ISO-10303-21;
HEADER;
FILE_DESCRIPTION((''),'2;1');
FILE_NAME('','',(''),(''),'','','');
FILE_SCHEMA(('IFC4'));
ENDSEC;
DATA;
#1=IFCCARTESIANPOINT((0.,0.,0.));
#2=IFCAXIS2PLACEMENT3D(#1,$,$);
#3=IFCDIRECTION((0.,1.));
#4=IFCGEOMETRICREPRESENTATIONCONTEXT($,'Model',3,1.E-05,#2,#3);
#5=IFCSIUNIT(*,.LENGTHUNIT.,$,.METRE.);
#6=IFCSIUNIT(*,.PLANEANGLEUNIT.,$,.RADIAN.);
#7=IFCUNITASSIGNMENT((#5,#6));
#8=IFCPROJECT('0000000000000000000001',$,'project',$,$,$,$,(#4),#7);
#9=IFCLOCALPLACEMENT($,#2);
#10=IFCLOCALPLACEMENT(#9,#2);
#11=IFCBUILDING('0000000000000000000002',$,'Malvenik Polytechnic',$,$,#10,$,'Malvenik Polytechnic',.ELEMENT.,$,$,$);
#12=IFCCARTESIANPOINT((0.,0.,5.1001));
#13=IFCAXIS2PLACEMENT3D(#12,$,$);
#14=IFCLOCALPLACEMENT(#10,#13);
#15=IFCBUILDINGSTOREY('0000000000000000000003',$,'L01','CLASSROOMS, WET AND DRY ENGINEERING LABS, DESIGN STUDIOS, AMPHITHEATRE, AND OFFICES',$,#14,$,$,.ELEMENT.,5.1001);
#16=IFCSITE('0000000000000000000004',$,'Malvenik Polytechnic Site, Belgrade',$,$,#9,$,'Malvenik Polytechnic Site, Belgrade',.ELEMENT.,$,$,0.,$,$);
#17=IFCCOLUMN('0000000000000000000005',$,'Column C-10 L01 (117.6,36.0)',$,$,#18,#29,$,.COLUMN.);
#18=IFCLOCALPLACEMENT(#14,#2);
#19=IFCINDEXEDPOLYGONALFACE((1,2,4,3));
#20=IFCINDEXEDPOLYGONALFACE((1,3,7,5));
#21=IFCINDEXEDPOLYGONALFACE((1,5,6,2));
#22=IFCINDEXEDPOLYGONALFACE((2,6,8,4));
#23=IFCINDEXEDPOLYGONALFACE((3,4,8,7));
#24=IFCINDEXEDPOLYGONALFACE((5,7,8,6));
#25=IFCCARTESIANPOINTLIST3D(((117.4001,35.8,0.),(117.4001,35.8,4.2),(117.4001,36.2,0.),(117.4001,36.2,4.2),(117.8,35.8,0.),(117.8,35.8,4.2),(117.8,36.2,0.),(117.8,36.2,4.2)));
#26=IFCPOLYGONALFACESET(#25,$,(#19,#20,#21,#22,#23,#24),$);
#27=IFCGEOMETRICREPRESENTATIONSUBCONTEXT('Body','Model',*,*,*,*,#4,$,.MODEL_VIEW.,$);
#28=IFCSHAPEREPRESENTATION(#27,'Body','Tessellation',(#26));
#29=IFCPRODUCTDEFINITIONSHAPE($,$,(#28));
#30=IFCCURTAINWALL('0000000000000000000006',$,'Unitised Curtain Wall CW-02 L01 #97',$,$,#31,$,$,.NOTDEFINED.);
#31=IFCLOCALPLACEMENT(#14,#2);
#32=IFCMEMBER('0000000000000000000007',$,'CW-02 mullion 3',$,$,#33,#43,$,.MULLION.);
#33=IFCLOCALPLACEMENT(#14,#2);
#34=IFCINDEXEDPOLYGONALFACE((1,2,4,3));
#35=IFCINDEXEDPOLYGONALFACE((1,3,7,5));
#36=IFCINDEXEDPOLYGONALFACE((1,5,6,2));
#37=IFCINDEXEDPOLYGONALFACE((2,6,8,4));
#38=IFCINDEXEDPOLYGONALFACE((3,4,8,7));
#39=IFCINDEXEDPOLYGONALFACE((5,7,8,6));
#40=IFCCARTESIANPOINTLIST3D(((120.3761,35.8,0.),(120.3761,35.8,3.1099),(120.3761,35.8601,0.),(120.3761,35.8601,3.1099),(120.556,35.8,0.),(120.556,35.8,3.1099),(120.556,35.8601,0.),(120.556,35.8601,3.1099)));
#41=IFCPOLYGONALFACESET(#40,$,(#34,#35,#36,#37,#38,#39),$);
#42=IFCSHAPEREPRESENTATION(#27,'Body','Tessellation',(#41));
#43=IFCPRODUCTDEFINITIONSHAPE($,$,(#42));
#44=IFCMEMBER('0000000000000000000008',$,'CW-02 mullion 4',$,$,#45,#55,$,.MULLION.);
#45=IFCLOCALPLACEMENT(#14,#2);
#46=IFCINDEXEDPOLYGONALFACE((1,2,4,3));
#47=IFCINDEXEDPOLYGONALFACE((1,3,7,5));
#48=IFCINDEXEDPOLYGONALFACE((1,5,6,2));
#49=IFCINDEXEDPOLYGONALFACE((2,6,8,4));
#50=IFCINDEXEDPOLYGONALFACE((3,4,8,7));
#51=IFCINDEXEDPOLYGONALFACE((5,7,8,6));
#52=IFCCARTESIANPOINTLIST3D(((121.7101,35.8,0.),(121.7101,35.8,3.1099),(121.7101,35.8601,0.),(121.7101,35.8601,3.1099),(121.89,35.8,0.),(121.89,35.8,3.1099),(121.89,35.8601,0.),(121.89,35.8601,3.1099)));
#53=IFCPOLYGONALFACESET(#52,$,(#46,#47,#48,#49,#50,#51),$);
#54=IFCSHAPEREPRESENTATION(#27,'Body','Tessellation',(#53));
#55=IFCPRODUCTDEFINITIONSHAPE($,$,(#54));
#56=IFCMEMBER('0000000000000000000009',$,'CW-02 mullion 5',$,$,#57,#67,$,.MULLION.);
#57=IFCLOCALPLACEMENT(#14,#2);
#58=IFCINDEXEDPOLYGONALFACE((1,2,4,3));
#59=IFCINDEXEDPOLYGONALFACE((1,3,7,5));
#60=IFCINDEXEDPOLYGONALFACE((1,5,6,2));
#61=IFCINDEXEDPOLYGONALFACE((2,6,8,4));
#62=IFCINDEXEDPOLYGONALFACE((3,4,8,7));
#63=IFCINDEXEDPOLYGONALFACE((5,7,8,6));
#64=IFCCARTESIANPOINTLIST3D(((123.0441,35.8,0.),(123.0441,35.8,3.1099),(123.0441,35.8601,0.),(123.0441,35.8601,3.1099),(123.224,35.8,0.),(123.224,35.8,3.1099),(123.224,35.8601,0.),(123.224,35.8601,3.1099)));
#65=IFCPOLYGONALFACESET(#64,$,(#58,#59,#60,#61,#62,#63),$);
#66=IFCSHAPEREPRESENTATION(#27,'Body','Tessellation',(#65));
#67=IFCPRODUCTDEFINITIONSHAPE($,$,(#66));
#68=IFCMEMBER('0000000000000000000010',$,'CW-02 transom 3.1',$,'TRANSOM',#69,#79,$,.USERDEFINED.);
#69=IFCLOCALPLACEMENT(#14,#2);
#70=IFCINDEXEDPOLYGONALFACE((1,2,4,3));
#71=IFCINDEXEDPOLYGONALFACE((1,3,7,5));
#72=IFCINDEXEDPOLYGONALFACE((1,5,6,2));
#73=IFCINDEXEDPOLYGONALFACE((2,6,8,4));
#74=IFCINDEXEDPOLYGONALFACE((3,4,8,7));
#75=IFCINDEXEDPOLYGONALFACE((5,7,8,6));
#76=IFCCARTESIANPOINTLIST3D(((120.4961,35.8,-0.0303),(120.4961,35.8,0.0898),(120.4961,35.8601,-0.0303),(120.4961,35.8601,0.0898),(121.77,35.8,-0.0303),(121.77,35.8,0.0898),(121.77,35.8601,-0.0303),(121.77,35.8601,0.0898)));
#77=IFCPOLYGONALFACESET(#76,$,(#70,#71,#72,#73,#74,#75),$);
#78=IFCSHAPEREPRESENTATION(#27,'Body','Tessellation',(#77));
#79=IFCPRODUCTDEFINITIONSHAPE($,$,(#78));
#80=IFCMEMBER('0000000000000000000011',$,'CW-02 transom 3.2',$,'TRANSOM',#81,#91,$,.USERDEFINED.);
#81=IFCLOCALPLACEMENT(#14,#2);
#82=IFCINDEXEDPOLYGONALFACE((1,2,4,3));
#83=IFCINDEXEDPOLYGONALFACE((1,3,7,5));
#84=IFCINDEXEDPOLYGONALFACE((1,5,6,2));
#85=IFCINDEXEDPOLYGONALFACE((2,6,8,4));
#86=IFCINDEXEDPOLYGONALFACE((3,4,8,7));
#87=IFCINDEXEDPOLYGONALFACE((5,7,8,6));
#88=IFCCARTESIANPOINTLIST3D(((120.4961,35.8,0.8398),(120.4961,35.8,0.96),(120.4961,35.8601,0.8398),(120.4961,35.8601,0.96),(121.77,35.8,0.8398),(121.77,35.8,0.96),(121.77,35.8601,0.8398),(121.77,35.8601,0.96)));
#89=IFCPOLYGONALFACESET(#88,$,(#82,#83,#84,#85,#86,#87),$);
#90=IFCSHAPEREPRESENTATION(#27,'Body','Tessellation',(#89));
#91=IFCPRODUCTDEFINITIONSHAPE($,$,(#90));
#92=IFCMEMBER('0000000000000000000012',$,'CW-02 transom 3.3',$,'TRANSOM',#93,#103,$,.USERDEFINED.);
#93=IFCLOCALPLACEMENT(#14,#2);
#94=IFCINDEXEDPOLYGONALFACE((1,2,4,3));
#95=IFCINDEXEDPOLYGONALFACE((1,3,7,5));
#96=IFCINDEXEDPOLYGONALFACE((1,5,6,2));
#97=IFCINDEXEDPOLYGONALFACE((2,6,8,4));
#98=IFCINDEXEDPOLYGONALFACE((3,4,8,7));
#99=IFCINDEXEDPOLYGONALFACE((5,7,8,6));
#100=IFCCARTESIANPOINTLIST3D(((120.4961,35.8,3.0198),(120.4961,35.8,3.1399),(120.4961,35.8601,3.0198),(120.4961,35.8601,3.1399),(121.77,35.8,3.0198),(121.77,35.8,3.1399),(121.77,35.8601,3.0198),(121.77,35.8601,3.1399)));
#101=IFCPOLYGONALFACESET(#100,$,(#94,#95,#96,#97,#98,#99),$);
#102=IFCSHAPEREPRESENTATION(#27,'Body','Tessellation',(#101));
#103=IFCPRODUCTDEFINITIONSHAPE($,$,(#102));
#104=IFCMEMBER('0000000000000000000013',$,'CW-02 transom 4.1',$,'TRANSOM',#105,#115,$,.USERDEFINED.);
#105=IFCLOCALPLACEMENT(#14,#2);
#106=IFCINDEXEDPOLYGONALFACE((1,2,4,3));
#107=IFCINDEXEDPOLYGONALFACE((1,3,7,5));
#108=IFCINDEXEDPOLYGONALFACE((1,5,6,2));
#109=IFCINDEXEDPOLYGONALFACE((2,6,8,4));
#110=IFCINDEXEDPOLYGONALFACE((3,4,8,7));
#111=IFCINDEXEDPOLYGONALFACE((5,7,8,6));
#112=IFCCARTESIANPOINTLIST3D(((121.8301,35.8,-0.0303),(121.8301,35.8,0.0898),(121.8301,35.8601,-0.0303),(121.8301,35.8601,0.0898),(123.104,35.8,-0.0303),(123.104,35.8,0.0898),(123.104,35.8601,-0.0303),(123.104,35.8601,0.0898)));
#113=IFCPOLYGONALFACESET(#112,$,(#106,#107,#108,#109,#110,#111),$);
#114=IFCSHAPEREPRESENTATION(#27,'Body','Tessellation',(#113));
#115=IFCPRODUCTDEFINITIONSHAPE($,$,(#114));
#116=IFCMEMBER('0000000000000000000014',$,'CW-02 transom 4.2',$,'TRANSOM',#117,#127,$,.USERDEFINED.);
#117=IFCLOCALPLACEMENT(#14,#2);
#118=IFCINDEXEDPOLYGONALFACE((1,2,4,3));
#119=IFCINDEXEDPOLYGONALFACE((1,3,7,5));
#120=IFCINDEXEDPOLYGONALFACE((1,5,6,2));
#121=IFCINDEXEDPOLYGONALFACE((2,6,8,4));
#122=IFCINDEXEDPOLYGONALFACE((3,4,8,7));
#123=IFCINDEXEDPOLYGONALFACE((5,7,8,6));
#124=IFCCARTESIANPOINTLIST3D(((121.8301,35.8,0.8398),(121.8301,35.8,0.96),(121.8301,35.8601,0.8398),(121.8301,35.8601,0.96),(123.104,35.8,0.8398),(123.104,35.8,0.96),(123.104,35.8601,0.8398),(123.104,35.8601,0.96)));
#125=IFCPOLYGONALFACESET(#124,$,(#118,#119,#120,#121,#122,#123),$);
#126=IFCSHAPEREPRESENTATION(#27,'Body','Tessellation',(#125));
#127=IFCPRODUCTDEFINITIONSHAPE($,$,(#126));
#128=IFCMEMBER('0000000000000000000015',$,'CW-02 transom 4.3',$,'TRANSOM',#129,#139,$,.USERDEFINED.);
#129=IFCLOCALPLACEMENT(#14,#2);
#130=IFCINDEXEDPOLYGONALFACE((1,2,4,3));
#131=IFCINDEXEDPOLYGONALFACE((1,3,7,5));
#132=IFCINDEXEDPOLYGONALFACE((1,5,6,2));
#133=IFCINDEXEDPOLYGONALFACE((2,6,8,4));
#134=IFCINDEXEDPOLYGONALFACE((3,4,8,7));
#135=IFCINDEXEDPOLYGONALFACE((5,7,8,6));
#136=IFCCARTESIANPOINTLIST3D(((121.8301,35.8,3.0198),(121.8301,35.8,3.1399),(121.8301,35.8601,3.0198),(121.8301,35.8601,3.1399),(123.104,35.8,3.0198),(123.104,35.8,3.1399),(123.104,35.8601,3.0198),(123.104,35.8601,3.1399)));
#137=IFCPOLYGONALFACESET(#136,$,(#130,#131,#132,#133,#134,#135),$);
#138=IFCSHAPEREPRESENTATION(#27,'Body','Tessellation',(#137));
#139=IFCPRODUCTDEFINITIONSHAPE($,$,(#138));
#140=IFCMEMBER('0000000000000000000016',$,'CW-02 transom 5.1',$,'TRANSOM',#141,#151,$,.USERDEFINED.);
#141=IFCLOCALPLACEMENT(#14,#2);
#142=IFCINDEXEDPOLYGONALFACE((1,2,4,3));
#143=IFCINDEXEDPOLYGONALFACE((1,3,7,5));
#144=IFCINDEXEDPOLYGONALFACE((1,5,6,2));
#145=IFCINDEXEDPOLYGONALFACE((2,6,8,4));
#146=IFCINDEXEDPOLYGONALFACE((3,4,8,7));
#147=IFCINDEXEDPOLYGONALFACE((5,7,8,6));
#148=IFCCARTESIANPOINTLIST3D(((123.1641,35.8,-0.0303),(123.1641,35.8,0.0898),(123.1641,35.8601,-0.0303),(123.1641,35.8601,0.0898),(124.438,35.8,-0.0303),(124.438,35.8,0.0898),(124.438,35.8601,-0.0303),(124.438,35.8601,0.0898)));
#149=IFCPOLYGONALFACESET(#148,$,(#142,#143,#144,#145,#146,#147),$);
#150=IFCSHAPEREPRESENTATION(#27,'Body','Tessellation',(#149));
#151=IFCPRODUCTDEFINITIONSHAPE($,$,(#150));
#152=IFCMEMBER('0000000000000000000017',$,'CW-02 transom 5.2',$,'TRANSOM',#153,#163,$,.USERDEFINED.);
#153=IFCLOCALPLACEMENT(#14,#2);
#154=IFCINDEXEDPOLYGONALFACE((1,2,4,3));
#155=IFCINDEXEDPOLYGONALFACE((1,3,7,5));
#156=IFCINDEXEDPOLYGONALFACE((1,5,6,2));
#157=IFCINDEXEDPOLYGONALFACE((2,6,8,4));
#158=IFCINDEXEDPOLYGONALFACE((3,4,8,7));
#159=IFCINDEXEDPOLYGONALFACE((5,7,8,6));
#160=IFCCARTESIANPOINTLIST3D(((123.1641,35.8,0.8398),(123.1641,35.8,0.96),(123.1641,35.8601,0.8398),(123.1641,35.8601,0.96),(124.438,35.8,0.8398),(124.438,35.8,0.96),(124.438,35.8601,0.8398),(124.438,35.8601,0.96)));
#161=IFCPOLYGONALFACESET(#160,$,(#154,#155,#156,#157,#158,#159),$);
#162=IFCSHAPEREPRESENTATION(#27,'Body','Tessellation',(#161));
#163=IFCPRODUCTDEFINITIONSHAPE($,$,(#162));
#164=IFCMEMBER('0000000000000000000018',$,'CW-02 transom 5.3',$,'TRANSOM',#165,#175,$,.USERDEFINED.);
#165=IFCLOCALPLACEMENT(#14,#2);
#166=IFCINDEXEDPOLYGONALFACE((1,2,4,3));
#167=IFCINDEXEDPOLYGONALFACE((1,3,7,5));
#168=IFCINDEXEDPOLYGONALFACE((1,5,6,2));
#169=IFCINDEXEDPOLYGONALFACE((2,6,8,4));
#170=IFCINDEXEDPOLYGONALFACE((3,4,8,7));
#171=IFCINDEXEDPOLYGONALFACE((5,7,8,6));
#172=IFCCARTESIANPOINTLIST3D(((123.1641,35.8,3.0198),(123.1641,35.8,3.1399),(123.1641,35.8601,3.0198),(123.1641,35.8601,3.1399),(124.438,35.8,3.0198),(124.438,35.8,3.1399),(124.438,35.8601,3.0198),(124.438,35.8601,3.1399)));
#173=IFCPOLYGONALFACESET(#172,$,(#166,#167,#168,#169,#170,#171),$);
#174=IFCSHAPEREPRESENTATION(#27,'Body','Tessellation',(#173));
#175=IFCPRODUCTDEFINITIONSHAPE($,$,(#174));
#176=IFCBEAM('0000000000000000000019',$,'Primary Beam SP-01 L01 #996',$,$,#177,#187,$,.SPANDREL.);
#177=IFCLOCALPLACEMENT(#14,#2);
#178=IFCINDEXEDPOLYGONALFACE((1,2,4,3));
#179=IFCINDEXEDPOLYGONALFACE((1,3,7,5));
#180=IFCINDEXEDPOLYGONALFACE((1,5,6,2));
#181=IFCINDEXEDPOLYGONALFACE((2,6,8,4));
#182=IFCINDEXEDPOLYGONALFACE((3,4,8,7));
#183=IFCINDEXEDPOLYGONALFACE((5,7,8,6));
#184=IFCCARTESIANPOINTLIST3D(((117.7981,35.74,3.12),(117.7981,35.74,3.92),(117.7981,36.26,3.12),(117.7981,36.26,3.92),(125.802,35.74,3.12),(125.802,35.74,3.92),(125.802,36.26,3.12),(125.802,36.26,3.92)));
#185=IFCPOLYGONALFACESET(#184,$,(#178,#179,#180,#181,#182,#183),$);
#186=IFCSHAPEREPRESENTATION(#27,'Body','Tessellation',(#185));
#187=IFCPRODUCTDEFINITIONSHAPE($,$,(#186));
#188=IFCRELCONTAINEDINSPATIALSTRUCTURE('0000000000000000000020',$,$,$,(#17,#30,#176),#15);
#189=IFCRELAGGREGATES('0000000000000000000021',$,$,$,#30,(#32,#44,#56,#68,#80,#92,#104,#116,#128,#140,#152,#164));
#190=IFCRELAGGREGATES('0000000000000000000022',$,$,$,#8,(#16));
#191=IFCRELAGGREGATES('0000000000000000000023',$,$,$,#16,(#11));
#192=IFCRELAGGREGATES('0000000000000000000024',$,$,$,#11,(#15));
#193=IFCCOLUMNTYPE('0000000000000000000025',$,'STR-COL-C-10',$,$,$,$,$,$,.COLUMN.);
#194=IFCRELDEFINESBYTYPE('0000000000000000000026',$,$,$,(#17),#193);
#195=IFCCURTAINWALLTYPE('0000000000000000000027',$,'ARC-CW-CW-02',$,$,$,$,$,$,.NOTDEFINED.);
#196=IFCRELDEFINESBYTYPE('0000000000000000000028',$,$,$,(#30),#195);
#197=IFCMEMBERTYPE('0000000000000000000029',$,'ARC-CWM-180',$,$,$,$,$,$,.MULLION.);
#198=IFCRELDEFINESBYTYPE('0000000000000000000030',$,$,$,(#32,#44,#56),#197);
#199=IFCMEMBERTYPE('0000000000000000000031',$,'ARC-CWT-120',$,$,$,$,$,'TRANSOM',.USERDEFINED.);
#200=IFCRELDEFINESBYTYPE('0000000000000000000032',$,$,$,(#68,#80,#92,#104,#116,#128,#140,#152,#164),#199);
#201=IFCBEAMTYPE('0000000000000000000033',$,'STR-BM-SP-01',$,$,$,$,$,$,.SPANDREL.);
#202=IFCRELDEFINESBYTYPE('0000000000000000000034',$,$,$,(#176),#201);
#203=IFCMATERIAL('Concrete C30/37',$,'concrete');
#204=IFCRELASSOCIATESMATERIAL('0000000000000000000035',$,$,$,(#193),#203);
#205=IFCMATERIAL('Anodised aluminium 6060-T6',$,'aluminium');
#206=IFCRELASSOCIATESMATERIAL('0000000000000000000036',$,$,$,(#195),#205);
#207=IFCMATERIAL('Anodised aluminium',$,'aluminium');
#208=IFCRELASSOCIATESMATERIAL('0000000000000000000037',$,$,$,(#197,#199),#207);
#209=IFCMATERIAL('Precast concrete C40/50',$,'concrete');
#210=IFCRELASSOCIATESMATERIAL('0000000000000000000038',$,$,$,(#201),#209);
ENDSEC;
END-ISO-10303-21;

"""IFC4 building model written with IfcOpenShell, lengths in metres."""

from ifc_helpers import new_model, si_unit, direction, frame, origin, origin_2d, place, context, subcontext, project, spatial, rectangle, extrude, material, material_profile, profile_set, type_object, element, aggregate, save


model = new_model("IFC4")

# Units and contexts
model_context = context("Model", 3, precision=1e-05, world=origin(), true_north=direction((0.0, 1.0)))
body_context = subcontext(model_context, "Body", "Model", "MODEL_VIEW")
ifc_project = project(units=[si_unit("LENGTHUNIT", "METRE"), si_unit("PLANEANGLEUNIT", "RADIAN")], contexts=[model_context])

# Site, building, storey
site_placement = place(None, origin())
site = spatial("IfcSite", under=ifc_project, at=site_placement, Name="Malvenik Polytechnic Site, Belgrade", LongName="Malvenik Polytechnic Site, Belgrade", CompositionType="ELEMENT", RefElevation=0.0)
building_placement = place(site_placement, origin())
building = spatial("IfcBuilding", under=site, at=building_placement, Name="Malvenik Polytechnic", LongName="Malvenik Polytechnic", CompositionType="ELEMENT")
storey_placement = place(building_placement, frame((0.0, 0.0, 5.1001)))
storey = spatial("IfcBuildingStorey", under=building, at=storey_placement, Name="L01", Description="CLASSROOMS, WET AND DRY ENGINEERING LABS, DESIGN STUDIOS, AMPHITHEATRE, AND OFFICES", CompositionType="ELEMENT", Elevation=5.1001)

# Column
ifc_material_1 = material(Name="Concrete C30/37", Category="concrete")
ifc_material_profile_1 = material_profile(ifc_material_1, rectangle(XDim=0.3999, YDim=0.3999, at=origin_2d()), Name="RC COL 400x400")
ifc_profile_set_1 = profile_set([ifc_material_profile_1], Name="Concrete C30/37")
column_type = type_object("IfcColumnType", Name="STR-COL-C-10", PredefinedType="COLUMN", material=ifc_profile_set_1)
column_placement = place(storey_placement, frame((117.6001, 36.0, 0.0), z_axis=(0.0, 0.0, 1.0), x_axis=(1.0, 0.0, 0.0)))
element("IfcColumn", 1, at=column_placement, inside=storey, type_object=column_type, Name="Column C-10 L01 (117.6,36.0)", PredefinedType="COLUMN", context=body_context, shape_type="SweptSolid", body=[
    extrude(rectangle(XDim=0.3999, YDim=0.3999, at=origin_2d()), origin(), (0.0, 0.0, 1.0), 4.2),
])

# Curtain wall, members
ifc_material_2 = material(Name="Anodised aluminium 6060-T6", Category="aluminium")
curtain_wall_type = type_object("IfcCurtainWallType", Name="ARC-CW-CW-02", PredefinedType="NOTDEFINED", material=ifc_material_2)
curtain_wall_placement = place(storey_placement, origin())
curtain_wall = element("IfcCurtainWall", 2, at=curtain_wall_placement, inside=storey, type_object=curtain_wall_type, Name="Unitised Curtain Wall CW-02 L01 #97", PredefinedType="NOTDEFINED")
ifc_material_3 = material(Name="Anodised aluminium", Category="aluminium")
ifc_material_profile_2 = material_profile(ifc_material_3, rectangle(XDim=0.0601, YDim=0.1799, at=origin_2d()), Name="ALU MULLION 60x180")
ifc_profile_set_2 = profile_set([ifc_material_profile_2], Name="Anodised aluminium")
member_type_1 = type_object("IfcMemberType", Name="ARC-CWM-180", PredefinedType="MULLION", material=ifc_profile_set_2)
member_1_placement = place(storey_placement, frame((120.4661, 35.8301, 0.0), z_axis=(0.0, 0.0, 1.0), x_axis=(0.0, 1.0, 0.0)))
member_1 = element("IfcMember", 3, at=member_1_placement, type_object=member_type_1, Name="CW-02 mullion 3", PredefinedType="MULLION", context=body_context, shape_type="SweptSolid", body=[
    extrude(rectangle(XDim=0.0601, YDim=0.1799, at=origin_2d()), origin(), (0.0, 0.0, 1.0), 3.1099),
])
member_2_placement = place(storey_placement, frame((121.8, 35.8301, 0.0), z_axis=(0.0, 0.0, 1.0), x_axis=(0.0, 1.0, 0.0)))
member_2 = element("IfcMember", 4, at=member_2_placement, type_object=member_type_1, Name="CW-02 mullion 4", PredefinedType="MULLION", context=body_context, shape_type="SweptSolid", body=[
    extrude(rectangle(XDim=0.0601, YDim=0.1799, at=origin_2d()), origin(), (0.0, 0.0, 1.0), 3.1099),
])
member_3_placement = place(storey_placement, frame((123.134, 35.8301, 0.0), z_axis=(0.0, 0.0, 1.0), x_axis=(0.0, 1.0, 0.0)))
member_3 = element("IfcMember", 5, at=member_3_placement, type_object=member_type_1, Name="CW-02 mullion 5", PredefinedType="MULLION", context=body_context, shape_type="SweptSolid", body=[
    extrude(rectangle(XDim=0.0601, YDim=0.1799, at=origin_2d()), origin(), (0.0, 0.0, 1.0), 3.1099),
])
ifc_material_profile_3 = material_profile(ifc_material_3, rectangle(XDim=0.0601, YDim=0.1201, at=origin_2d()), Name="ALU TRANSOM 60x120")
ifc_profile_set_3 = profile_set([ifc_material_profile_3], Name="Anodised aluminium")
member_type_2 = type_object("IfcMemberType", Name="ARC-CWT-120", ElementType="TRANSOM", PredefinedType="USERDEFINED", material=ifc_profile_set_3)
member_4_placement = place(storey_placement, frame((120.4961, 35.8301, 0.0298), z_axis=(1.0, 0.0, 0.0), x_axis=(0.0, 1.0, 0.0)))
member_4 = element("IfcMember", 6, at=member_4_placement, type_object=member_type_2, Name="CW-02 transom 3.1", ObjectType="TRANSOM", PredefinedType="USERDEFINED", context=body_context, shape_type="SweptSolid", body=[
    extrude(rectangle(XDim=0.0601, YDim=0.1201, at=origin_2d()), origin(), (0.0, 0.0, 1.0), 1.2739),
])
member_5_placement = place(storey_placement, frame((120.4961, 35.8301, 0.8999), z_axis=(1.0, 0.0, 0.0), x_axis=(0.0, 1.0, 0.0)))
member_5 = element("IfcMember", 7, at=member_5_placement, type_object=member_type_2, Name="CW-02 transom 3.2", ObjectType="TRANSOM", PredefinedType="USERDEFINED", context=body_context, shape_type="SweptSolid", body=[
    extrude(rectangle(XDim=0.0601, YDim=0.1201, at=origin_2d()), origin(), (0.0, 0.0, 1.0), 1.2739),
])
member_6_placement = place(storey_placement, frame((120.4961, 35.8301, 3.0798), z_axis=(1.0, 0.0, 0.0), x_axis=(0.0, 1.0, 0.0)))
member_6 = element("IfcMember", 8, at=member_6_placement, type_object=member_type_2, Name="CW-02 transom 3.3", ObjectType="TRANSOM", PredefinedType="USERDEFINED", context=body_context, shape_type="SweptSolid", body=[
    extrude(rectangle(XDim=0.0601, YDim=0.1201, at=origin_2d()), origin(), (0.0, 0.0, 1.0), 1.2739),
])
member_7_placement = place(storey_placement, frame((121.8301, 35.8301, 0.0298), z_axis=(1.0, 0.0, 0.0), x_axis=(0.0, 1.0, 0.0)))
member_7 = element("IfcMember", 9, at=member_7_placement, type_object=member_type_2, Name="CW-02 transom 4.1", ObjectType="TRANSOM", PredefinedType="USERDEFINED", context=body_context, shape_type="SweptSolid", body=[
    extrude(rectangle(XDim=0.0601, YDim=0.1201, at=origin_2d()), origin(), (0.0, 0.0, 1.0), 1.2739),
])
member_8_placement = place(storey_placement, frame((121.8301, 35.8301, 0.8999), z_axis=(1.0, 0.0, 0.0), x_axis=(0.0, 1.0, 0.0)))
member_8 = element("IfcMember", 10, at=member_8_placement, type_object=member_type_2, Name="CW-02 transom 4.2", ObjectType="TRANSOM", PredefinedType="USERDEFINED", context=body_context, shape_type="SweptSolid", body=[
    extrude(rectangle(XDim=0.0601, YDim=0.1201, at=origin_2d()), origin(), (0.0, 0.0, 1.0), 1.2739),
])
member_9_placement = place(storey_placement, frame((121.8301, 35.8301, 3.0798), z_axis=(1.0, 0.0, 0.0), x_axis=(0.0, 1.0, 0.0)))
member_9 = element("IfcMember", 11, at=member_9_placement, type_object=member_type_2, Name="CW-02 transom 4.3", ObjectType="TRANSOM", PredefinedType="USERDEFINED", context=body_context, shape_type="SweptSolid", body=[
    extrude(rectangle(XDim=0.0601, YDim=0.1201, at=origin_2d()), origin(), (0.0, 0.0, 1.0), 1.2739),
])
member_10_placement = place(storey_placement, frame((123.1641, 35.8301, 0.0298), z_axis=(1.0, 0.0, 0.0), x_axis=(0.0, 1.0, 0.0)))
member_10 = element("IfcMember", 12, at=member_10_placement, type_object=member_type_2, Name="CW-02 transom 5.1", ObjectType="TRANSOM", PredefinedType="USERDEFINED", context=body_context, shape_type="SweptSolid", body=[
    extrude(rectangle(XDim=0.0601, YDim=0.1201, at=origin_2d()), origin(), (0.0, 0.0, 1.0), 1.2739),
])
member_11_placement = place(storey_placement, frame((123.1641, 35.8301, 0.8999), z_axis=(1.0, 0.0, 0.0), x_axis=(0.0, 1.0, 0.0)))
member_11 = element("IfcMember", 13, at=member_11_placement, type_object=member_type_2, Name="CW-02 transom 5.2", ObjectType="TRANSOM", PredefinedType="USERDEFINED", context=body_context, shape_type="SweptSolid", body=[
    extrude(rectangle(XDim=0.0601, YDim=0.1201, at=origin_2d()), origin(), (0.0, 0.0, 1.0), 1.2739),
])
member_12_placement = place(storey_placement, frame((123.1641, 35.8301, 3.0798), z_axis=(1.0, 0.0, 0.0), x_axis=(0.0, 1.0, 0.0)))
member_12 = element("IfcMember", 14, at=member_12_placement, type_object=member_type_2, Name="CW-02 transom 5.3", ObjectType="TRANSOM", PredefinedType="USERDEFINED", context=body_context, shape_type="SweptSolid", body=[
    extrude(rectangle(XDim=0.0601, YDim=0.1201, at=origin_2d()), origin(), (0.0, 0.0, 1.0), 1.2739),
])

# Beam
ifc_material_4 = material(Name="Precast concrete C40/50", Category="concrete")
ifc_material_profile_4 = material_profile(ifc_material_4, rectangle(XDim=0.52, YDim=0.8, at=origin_2d()), Name="PC SPN 520x800")
ifc_profile_set_4 = profile_set([ifc_material_profile_4], Name="Precast concrete C40/50")
beam_type = type_object("IfcBeamType", Name="STR-BM-SP-01", PredefinedType="SPANDREL", material=ifc_profile_set_4)
beam_placement = place(storey_placement, frame((117.7981, 36.0, 3.52), z_axis=(1.0, 0.0, 0.0), x_axis=(0.0, 1.0, 0.0)))
element("IfcBeam", 15, at=beam_placement, inside=storey, type_object=beam_type, Name="Primary Beam SP-01 L01 #996", PredefinedType="SPANDREL", context=body_context, shape_type="SweptSolid", body=[
    extrude(rectangle(XDim=0.52, YDim=0.8, at=origin_2d()), origin(), (0.0, 0.0, 1.0), 8.0039),
])

aggregate(curtain_wall, [member_1, member_2, member_3, member_4, member_5, member_6, member_7, member_8, member_9, member_10, member_11, member_12])

save(model, "model.ifc")
